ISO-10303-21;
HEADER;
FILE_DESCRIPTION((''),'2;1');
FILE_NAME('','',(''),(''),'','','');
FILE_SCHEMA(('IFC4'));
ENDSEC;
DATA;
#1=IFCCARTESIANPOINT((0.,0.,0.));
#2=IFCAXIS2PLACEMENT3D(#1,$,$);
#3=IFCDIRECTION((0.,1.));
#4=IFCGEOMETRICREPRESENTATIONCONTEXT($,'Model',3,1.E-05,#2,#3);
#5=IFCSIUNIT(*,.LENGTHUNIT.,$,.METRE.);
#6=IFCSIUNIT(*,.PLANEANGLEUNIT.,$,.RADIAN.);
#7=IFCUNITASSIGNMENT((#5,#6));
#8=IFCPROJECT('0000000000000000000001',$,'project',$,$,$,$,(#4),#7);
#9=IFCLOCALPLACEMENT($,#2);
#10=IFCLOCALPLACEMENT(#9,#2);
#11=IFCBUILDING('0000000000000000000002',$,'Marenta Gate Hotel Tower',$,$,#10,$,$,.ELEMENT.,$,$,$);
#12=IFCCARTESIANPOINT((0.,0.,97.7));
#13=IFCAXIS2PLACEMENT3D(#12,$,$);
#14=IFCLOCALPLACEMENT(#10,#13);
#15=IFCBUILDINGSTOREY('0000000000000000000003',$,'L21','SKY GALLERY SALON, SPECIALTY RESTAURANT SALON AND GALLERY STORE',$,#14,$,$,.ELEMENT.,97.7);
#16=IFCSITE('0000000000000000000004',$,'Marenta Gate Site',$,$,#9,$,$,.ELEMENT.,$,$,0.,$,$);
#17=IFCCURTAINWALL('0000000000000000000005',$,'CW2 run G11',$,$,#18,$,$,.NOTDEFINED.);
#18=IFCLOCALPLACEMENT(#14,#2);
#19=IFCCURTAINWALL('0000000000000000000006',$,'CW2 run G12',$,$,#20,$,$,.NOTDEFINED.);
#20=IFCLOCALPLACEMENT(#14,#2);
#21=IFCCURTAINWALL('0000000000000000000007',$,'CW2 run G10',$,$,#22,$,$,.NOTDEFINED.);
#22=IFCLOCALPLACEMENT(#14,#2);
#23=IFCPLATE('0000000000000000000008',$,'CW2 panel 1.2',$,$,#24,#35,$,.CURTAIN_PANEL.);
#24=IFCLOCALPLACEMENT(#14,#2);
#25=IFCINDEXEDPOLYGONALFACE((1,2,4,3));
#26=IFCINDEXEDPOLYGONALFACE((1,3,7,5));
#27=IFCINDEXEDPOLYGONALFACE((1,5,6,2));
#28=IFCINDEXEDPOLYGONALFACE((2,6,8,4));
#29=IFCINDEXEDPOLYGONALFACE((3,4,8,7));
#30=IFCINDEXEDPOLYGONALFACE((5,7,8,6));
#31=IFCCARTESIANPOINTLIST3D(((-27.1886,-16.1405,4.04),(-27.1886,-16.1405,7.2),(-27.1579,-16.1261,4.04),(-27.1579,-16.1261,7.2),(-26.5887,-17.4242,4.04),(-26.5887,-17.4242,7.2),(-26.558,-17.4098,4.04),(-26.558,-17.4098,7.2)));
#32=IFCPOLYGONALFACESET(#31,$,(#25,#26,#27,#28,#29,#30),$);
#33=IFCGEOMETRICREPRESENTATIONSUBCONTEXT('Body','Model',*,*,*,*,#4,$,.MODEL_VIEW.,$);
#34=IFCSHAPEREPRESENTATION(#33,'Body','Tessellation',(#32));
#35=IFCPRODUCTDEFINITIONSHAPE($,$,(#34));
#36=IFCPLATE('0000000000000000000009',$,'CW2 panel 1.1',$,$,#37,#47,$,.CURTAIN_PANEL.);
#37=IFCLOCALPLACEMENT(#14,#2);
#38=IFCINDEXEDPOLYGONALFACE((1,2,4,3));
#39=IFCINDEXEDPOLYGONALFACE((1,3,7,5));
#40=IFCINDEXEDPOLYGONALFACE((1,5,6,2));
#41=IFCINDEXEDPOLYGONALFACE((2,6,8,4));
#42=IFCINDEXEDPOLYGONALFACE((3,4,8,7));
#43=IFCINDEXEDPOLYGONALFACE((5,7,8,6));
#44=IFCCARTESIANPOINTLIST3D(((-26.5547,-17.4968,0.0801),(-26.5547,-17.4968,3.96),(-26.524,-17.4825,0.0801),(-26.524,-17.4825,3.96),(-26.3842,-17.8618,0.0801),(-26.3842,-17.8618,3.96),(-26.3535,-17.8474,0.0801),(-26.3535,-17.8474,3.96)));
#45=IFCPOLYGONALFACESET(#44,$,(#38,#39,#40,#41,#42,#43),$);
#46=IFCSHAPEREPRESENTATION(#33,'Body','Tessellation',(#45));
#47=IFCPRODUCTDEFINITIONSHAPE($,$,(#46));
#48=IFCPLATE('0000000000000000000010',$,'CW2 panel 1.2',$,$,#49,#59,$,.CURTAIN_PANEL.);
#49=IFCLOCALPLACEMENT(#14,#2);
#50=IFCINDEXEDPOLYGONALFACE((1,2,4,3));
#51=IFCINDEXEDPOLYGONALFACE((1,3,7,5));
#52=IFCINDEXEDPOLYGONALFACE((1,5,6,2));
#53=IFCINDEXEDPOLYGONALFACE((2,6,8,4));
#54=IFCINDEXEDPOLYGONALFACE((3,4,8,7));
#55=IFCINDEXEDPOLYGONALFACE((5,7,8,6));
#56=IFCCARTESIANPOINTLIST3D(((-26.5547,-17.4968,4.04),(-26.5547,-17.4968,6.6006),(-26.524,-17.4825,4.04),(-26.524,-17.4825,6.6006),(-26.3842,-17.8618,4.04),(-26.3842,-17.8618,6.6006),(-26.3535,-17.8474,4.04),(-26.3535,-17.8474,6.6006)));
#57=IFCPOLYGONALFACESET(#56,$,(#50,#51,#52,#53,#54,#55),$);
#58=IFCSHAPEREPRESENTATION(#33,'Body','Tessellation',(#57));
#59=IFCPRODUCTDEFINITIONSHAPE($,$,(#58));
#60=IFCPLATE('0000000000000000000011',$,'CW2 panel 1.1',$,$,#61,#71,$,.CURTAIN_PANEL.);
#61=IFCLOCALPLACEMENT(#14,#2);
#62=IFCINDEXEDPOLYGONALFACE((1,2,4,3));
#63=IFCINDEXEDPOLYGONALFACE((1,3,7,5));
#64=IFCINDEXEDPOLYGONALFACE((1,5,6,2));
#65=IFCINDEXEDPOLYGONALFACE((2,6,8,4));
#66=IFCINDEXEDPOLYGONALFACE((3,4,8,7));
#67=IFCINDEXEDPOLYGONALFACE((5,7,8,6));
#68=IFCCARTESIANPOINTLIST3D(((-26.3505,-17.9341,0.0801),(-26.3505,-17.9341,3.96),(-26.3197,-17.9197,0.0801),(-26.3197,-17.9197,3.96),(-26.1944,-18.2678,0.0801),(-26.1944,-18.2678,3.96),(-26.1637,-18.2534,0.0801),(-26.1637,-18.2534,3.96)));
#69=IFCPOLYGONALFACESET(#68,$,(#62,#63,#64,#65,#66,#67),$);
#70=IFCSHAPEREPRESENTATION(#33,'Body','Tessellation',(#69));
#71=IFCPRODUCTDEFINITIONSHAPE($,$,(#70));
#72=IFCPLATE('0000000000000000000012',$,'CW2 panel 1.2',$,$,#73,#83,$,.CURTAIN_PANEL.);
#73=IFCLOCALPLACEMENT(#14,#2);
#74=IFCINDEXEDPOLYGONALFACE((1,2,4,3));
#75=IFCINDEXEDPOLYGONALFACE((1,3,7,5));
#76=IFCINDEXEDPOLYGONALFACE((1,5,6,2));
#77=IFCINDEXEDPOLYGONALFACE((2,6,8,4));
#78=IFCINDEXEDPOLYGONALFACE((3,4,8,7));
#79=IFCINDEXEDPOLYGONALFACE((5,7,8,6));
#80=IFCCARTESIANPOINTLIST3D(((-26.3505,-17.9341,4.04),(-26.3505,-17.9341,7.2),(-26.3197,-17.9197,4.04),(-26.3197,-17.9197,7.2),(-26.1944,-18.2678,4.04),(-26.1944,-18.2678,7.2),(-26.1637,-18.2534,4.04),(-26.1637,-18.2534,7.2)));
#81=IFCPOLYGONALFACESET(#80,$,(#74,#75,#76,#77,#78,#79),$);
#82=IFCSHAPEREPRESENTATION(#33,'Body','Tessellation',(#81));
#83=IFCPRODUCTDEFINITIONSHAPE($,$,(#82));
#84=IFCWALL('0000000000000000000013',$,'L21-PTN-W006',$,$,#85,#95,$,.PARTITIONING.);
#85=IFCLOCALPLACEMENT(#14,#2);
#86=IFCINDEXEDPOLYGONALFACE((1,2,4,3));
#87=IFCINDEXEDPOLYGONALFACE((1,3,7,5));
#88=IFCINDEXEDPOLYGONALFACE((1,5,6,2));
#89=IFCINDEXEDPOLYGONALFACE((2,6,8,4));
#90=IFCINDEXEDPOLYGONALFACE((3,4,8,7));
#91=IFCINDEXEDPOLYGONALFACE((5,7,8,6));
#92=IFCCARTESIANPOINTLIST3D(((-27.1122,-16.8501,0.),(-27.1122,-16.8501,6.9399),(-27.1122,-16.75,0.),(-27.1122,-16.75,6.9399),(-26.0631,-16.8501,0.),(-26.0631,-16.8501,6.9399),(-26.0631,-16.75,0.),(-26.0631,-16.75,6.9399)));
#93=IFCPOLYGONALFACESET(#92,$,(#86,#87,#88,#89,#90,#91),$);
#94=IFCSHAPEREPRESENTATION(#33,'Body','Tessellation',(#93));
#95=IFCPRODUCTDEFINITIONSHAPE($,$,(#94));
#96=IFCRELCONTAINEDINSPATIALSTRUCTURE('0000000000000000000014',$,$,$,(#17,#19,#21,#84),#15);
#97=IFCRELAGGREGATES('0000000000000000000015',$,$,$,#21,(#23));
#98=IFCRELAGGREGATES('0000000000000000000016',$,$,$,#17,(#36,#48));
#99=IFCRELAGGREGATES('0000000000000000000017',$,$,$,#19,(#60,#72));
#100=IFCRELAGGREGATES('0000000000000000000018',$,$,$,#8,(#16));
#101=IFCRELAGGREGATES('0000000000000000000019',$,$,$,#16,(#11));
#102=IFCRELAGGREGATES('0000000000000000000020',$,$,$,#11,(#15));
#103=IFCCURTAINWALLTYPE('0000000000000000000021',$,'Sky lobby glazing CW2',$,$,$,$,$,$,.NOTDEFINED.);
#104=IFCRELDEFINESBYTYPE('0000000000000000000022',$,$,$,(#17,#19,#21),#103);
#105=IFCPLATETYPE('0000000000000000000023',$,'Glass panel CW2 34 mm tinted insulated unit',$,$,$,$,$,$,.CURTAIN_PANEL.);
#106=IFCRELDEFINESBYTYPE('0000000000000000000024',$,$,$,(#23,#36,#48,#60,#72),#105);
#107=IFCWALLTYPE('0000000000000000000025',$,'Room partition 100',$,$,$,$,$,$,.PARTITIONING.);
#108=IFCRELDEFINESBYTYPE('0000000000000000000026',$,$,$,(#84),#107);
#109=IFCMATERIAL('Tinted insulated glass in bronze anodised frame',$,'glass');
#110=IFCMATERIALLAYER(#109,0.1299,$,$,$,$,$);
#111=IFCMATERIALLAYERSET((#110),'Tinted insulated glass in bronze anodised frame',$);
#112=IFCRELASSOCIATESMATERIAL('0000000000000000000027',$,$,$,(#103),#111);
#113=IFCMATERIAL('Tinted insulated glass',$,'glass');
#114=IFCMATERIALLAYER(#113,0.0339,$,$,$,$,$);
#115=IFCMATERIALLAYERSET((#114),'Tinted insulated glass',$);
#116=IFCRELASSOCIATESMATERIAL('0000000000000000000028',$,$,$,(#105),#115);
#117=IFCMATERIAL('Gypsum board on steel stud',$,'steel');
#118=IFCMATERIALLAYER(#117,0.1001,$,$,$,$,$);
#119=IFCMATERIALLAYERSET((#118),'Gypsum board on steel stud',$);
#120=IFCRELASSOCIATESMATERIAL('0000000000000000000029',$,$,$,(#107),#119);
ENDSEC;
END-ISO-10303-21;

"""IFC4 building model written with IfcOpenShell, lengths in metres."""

from ifc_helpers import new_model, si_unit, direction, frame, frame_2d, origin, origin_2d, place, context, subcontext, project, spatial, rectangle, extrude, material, layer, layer_set, type_object, element, aggregate, save


model = new_model("IFC4")

# Units and contexts
model_context = context("Model", 3, precision=1e-05, world=origin(), true_north=direction((0.0, 1.0)))
body_context = subcontext(model_context, "Body", "Model", "MODEL_VIEW")
ifc_project = project(units=[si_unit("LENGTHUNIT", "METRE"), si_unit("PLANEANGLEUNIT", "RADIAN")], contexts=[model_context])

# Site, building, storey
site_placement = place(None, origin())
site = spatial("IfcSite", under=ifc_project, at=site_placement, Name="Marenta Gate Site", CompositionType="ELEMENT", RefElevation=0.0)
building_placement = place(site_placement, origin())
building = spatial("IfcBuilding", under=site, at=building_placement, Name="Marenta Gate Hotel Tower", CompositionType="ELEMENT")
storey_placement = place(building_placement, frame((0.0, 0.0, 97.7)))
storey = spatial("IfcBuildingStorey", under=building, at=storey_placement, Name="L21", Description="SKY GALLERY SALON, SPECIALTY RESTAURANT SALON AND GALLERY STORE", CompositionType="ELEMENT", Elevation=97.7)

# Curtain walls
ifc_material_1 = material(Name="Tinted insulated glass in bronze anodised frame", Category="glass")
ifc_layer_1 = layer(ifc_material_1, 0.1299)
ifc_layer_set_1 = layer_set([ifc_layer_1], Name="Tinted insulated glass in bronze anodised frame")
curtain_wall_type = type_object("IfcCurtainWallType", Name="Sky lobby glazing CW2", PredefinedType="NOTDEFINED", material=ifc_layer_set_1)
curtain_wall_1_placement = place(storey_placement, origin())
curtain_wall_1 = element("IfcCurtainWall", 1, at=curtain_wall_1_placement, inside=storey, type_object=curtain_wall_type, Name="CW2 run G11", PredefinedType="NOTDEFINED")
curtain_wall_2_placement = place(storey_placement, origin())
curtain_wall_2 = element("IfcCurtainWall", 2, at=curtain_wall_2_placement, inside=storey, type_object=curtain_wall_type, Name="CW2 run G12", PredefinedType="NOTDEFINED")

# Curtain wall, plate
curtain_wall_3_placement = place(storey_placement, origin())
curtain_wall_3 = element("IfcCurtainWall", 3, at=curtain_wall_3_placement, inside=storey, type_object=curtain_wall_type, Name="CW2 run G10", PredefinedType="NOTDEFINED")
ifc_material_2 = material(Name="Tinted insulated glass", Category="glass")
ifc_layer_2 = layer(ifc_material_2, 0.0339)
ifc_layer_set_2 = layer_set([ifc_layer_2], Name="Tinted insulated glass")
plate_type = type_object("IfcPlateType", Name="Glass panel CW2 34 mm tinted insulated unit", PredefinedType="CURTAIN_PANEL", material=ifc_layer_set_2)
plate_1_placement = place(storey_placement, frame((-26.8733, -16.7751, 4.04), z_axis=(0.0, 0.0, 1.0), x_axis=(0.423357, -0.905963, 0.0)))
plate_1 = element("IfcPlate", 4, at=plate_1_placement, type_object=plate_type, Name="CW2 panel 1.2", PredefinedType="CURTAIN_PANEL", context=body_context, shape_type="SweptSolid", body=[
    extrude(rectangle(XDim=1.417, YDim=0.0339, at=origin_2d()), origin(), (0.0, 0.0, 1.0), 3.1599),
])
aggregate(curtain_wall_3, [plate_1])

# Plates
plate_2_placement = place(storey_placement, frame((-26.4541, -17.6721, 0.0801), z_axis=(0.0, 0.0, 1.0), x_axis=(0.423362, -0.905961, 0.0)))
plate_2 = element("IfcPlate", 5, at=plate_2_placement, type_object=plate_type, Name="CW2 panel 1.1", PredefinedType="CURTAIN_PANEL", context=body_context, shape_type="SweptSolid", body=[
    extrude(rectangle(XDim=0.4028, YDim=0.0339, at=origin_2d()), origin(), (0.0, 0.0, 1.0), 3.8799),
])
plate_3_placement = place(storey_placement, frame((-26.4541, -17.6721, 4.04), z_axis=(0.0, 0.0, 1.0), x_axis=(0.423362, -0.905961, 0.0)))
plate_3 = element("IfcPlate", 6, at=plate_3_placement, type_object=plate_type, Name="CW2 panel 1.2", PredefinedType="CURTAIN_PANEL", context=body_context, shape_type="SweptSolid", body=[
    extrude(rectangle(XDim=0.4028, YDim=0.0339, at=origin_2d()), origin(), (0.0, 0.0, 1.0), 2.5605),
])
aggregate(curtain_wall_1, [plate_2, plate_3])
plate_4_placement = place(storey_placement, frame((-26.2571, -18.0938, 0.0801), z_axis=(0.0, 0.0, 1.0), x_axis=(0.423508, -0.905892, 0.0)))
plate_4 = element("IfcPlate", 7, at=plate_4_placement, type_object=plate_type, Name="CW2 panel 1.1", PredefinedType="CURTAIN_PANEL", context=body_context, shape_type="SweptSolid", body=[
    extrude(rectangle(XDim=0.3684, YDim=0.0339, at=origin_2d()), origin(), (0.0, 0.0, 1.0), 3.8799),
])
plate_5_placement = place(storey_placement, frame((-26.2571, -18.0938, 4.04), z_axis=(0.0, 0.0, 1.0), x_axis=(0.423508, -0.905892, 0.0)))
plate_5 = element("IfcPlate", 8, at=plate_5_placement, type_object=plate_type, Name="CW2 panel 1.2", PredefinedType="CURTAIN_PANEL", context=body_context, shape_type="SweptSolid", body=[
    extrude(rectangle(XDim=0.3684, YDim=0.0339, at=origin_2d()), origin(), (0.0, 0.0, 1.0), 3.1599),
])
aggregate(curtain_wall_2, [plate_4, plate_5])

# Wall
ifc_material_3 = material(Name="Gypsum board on steel stud", Category="steel")
ifc_layer_3 = layer(ifc_material_3, 0.1001)
ifc_layer_set_3 = layer_set([ifc_layer_3], Name="Gypsum board on steel stud")
wall_type = type_object("IfcWallType", Name="Room partition 100", PredefinedType="PARTITIONING", material=ifc_layer_set_3)
wall_placement = place(storey_placement, frame((-27.1121, -16.8, 0.0), z_axis=(0.0, 0.0, 1.0), x_axis=(1.0, 0.0, 0.0)))
element("IfcWall", 9, at=wall_placement, inside=storey, type_object=wall_type, Name="L21-PTN-W006", PredefinedType="PARTITIONING", context=body_context, shape_type="SweptSolid", body=[
    extrude(rectangle(XDim=1.0491, YDim=0.1001, at=frame_2d((0.5244, 0.0))), origin(), (0.0, 0.0, 1.0), 6.9399),
])

save(model, "model.ifc")
